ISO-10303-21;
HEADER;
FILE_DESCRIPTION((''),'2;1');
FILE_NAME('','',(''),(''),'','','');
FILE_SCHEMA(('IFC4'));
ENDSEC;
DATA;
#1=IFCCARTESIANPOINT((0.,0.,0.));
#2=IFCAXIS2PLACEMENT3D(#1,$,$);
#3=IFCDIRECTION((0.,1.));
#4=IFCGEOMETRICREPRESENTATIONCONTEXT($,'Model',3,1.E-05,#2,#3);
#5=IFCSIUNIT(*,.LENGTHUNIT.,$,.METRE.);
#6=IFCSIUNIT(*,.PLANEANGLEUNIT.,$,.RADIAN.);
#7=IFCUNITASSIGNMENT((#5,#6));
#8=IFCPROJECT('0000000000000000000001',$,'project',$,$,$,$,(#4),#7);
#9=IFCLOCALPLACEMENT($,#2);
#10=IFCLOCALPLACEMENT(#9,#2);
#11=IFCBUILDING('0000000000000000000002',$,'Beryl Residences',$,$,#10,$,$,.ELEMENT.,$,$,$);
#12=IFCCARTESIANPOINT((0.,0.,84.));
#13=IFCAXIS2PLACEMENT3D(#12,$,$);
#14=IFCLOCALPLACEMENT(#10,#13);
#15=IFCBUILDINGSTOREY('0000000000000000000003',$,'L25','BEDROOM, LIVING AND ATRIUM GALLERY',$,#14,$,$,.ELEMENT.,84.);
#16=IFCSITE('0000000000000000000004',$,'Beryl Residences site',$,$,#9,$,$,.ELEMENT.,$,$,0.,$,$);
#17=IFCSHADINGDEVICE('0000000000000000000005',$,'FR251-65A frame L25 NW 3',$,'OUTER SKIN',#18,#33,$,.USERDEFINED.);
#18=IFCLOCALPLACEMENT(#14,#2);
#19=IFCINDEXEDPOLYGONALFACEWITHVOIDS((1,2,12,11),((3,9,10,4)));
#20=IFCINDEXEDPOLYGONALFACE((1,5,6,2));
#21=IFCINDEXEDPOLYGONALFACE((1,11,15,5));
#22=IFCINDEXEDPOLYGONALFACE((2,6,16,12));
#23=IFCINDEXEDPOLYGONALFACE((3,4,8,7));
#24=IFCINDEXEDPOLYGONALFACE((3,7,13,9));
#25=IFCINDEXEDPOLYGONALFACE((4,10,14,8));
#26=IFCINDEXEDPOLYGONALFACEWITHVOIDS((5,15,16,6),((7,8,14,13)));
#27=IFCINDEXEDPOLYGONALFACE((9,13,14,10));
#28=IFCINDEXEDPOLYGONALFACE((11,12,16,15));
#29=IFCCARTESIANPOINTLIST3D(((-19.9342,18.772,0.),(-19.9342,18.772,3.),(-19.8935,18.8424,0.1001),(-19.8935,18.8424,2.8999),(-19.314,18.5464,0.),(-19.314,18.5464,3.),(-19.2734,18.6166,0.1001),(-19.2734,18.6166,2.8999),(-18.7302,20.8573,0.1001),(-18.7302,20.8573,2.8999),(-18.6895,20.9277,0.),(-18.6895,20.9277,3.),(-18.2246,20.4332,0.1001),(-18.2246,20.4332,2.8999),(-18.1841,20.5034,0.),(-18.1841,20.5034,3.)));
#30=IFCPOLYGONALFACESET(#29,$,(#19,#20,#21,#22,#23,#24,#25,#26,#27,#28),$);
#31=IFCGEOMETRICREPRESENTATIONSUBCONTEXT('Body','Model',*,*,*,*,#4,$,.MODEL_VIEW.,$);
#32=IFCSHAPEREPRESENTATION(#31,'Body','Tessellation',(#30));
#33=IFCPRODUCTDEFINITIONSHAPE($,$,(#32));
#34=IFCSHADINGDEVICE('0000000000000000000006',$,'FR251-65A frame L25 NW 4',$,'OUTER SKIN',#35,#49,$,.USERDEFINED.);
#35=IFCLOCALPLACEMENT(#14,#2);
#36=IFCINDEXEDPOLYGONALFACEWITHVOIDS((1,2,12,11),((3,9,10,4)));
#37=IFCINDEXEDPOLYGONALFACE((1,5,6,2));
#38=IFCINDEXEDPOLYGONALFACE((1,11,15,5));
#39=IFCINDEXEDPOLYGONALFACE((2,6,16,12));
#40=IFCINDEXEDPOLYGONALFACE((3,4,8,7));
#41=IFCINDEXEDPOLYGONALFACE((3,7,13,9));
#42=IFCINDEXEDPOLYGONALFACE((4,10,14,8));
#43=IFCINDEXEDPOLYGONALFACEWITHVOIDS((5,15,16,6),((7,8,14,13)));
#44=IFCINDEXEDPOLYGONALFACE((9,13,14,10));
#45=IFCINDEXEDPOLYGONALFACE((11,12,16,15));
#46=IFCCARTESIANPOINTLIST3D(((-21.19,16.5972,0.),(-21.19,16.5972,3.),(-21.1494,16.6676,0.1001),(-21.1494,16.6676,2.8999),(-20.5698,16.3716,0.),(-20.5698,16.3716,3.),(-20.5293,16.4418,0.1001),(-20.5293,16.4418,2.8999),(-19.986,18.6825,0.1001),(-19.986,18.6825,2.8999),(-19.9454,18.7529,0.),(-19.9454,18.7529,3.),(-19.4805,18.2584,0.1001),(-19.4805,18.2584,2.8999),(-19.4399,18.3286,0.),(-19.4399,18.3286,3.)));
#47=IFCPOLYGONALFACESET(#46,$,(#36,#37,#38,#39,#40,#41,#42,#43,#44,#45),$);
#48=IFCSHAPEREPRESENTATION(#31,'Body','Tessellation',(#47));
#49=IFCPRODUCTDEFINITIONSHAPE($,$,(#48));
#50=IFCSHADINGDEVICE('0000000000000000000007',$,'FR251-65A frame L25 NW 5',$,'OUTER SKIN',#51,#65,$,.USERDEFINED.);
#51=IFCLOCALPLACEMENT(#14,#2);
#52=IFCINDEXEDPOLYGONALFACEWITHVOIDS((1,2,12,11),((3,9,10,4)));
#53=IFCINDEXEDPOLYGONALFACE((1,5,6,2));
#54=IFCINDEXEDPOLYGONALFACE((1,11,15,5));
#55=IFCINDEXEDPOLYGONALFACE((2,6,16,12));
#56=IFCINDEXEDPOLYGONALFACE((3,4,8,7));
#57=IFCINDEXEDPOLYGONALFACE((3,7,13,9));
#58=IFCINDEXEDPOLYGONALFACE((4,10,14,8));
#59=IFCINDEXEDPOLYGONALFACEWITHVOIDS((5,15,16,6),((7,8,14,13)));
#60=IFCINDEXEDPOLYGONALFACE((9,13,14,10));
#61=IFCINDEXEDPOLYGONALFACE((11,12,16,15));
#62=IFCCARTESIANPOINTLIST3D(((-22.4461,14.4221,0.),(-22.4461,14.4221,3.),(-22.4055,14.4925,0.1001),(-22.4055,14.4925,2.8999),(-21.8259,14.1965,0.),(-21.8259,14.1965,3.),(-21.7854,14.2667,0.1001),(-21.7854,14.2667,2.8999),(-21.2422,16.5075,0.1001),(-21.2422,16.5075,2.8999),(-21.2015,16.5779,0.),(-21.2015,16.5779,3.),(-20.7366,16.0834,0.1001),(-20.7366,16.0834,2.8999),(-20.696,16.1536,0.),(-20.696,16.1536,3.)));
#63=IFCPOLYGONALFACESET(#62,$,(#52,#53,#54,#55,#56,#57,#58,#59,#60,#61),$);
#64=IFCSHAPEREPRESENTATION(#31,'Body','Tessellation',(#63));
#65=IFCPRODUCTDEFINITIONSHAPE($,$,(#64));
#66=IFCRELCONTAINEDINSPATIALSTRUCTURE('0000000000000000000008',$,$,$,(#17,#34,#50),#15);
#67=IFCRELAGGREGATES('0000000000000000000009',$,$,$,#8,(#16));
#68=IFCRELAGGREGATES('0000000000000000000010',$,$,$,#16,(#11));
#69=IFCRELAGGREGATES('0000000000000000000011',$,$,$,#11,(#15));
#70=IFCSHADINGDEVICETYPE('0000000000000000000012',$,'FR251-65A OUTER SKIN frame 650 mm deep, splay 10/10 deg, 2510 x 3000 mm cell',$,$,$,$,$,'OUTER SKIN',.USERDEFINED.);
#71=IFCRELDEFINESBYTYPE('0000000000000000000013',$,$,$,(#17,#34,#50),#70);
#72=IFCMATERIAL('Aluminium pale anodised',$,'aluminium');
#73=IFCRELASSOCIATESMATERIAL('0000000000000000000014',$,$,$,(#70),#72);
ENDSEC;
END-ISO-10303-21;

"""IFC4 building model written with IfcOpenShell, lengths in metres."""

from ifc_helpers import new_model, entity, si_unit, direction, frame, origin, place, context, subcontext, project, spatial, source, transform, mapped, material, type_object, type_shapes, element, save


model = new_model("IFC4")

# Units and contexts
model_context = context("Model", 3, precision=1e-05, world=origin(), true_north=direction((0.0, 1.0)))
body_context = subcontext(model_context, "Body", "Model", "MODEL_VIEW")
ifc_project = project(units=[si_unit("LENGTHUNIT", "METRE"), si_unit("PLANEANGLEUNIT", "RADIAN")], contexts=[model_context])

# Site, building, storey
site_placement = place(None, origin())
site = spatial("IfcSite", under=ifc_project, at=site_placement, Name="Beryl Residences site", CompositionType="ELEMENT", RefElevation=0.0)
building_placement = place(site_placement, origin())
building = spatial("IfcBuilding", under=site, at=building_placement, Name="Beryl Residences", CompositionType="ELEMENT")
storey_placement = place(building_placement, frame((0.0, 0.0, 84.0)))
storey = spatial("IfcBuildingStorey", under=building, at=storey_placement, Name="L25", Description="BEDROOM, LIVING AND ATRIUM GALLERY", CompositionType="ELEMENT", Elevation=84.0)

# Shading devices
ifc_material_1 = material(Name="Aluminium pale anodised", Category="aluminium")
shading_device_type = type_object("IfcShadingDeviceType", Name="FR251-65A OUTER SKIN frame 650 mm deep, splay 10/10 deg, 2510 x 3000 mm cell", ElementType="OUTER SKIN", PredefinedType="USERDEFINED", material=ifc_material_1)
cartesian_point_1 = entity("IfcCartesianPoint", [-1.1299, 0.0])
cartesian_point_2 = entity("IfcCartesianPoint", [-1.0488, 0.1001])
cartesian_point_3 = entity("IfcCartesianPoint", [-1.2446, 0.0])
cartesian_point_4 = entity("IfcCartesianPoint", [-1.1633, 0.1001])
shared_shape = source(origin(), body_context, "Body", "SweptSolid", [
    entity("IfcExtrudedAreaSolidTapered", entity("IfcArbitraryProfileDefWithVoids", "AREA", None, entity("IfcPolyline", [cartesian_point_1, entity("IfcCartesianPoint", [1.1299, 0.0]), entity("IfcCartesianPoint", [1.1299, 3.0]), entity("IfcCartesianPoint", [-1.1299, 3.0]), cartesian_point_1]), [entity("IfcPolyline", [cartesian_point_2, entity("IfcCartesianPoint", [1.0488, 0.1001]), entity("IfcCartesianPoint", [1.0488, 2.8999]), entity("IfcCartesianPoint", [-1.0488, 2.8999]), cartesian_point_2])]), entity("IfcAxis2Placement3D", entity("IfcCartesianPoint", [0.0, 0.0, 0.0]), entity("IfcDirection", [0.0, 1.0, 0.0]), entity("IfcDirection", [-1.0, 0.0, 0.0])), entity("IfcDirection", [0.0, 0.0, 1.0]), 0.6499, entity("IfcArbitraryProfileDefWithVoids", "AREA", None, entity("IfcPolyline", [cartesian_point_3, entity("IfcCartesianPoint", [1.2446, 0.0]), entity("IfcCartesianPoint", [1.2446, 3.0]), entity("IfcCartesianPoint", [-1.2446, 3.0]), cartesian_point_3]), [entity("IfcPolyline", [cartesian_point_4, entity("IfcCartesianPoint", [1.1633, 0.1001]), entity("IfcCartesianPoint", [1.1633, 2.8999]), entity("IfcCartesianPoint", [-1.1633, 2.8999]), cartesian_point_4])])),
])
type_shapes(shading_device_type, [shared_shape])
for number, where, z_axis, x_axis, name in (
    (1, (-18.749, 19.5249, 0.0), (0.0, 0.0, 1.0), (0.5, 0.866025, 0.0), "FR251-65A frame L25 NW 3"),
    (2, (-20.0049, 17.3501, 0.0), (0.0, 0.0, 1.0), (0.5, 0.866025, 0.0), "FR251-65A frame L25 NW 4"),
    (3, (-21.261, 15.175, 0.0), (0.0, 0.0, 1.0), (0.5, 0.866025, 0.0), "FR251-65A frame L25 NW 5"),
):
    element("IfcShadingDevice", number, at=place(storey_placement, frame(where, z_axis=z_axis, x_axis=x_axis)), inside=storey, type_object=shading_device_type, Name=name, ObjectType="OUTER SKIN", PredefinedType="USERDEFINED", context=body_context, shape_type="MappedRepresentation", body=[
        mapped(shared_shape, transform((0.0, 0.0, 0.0))),
    ])

save(model, "model.ifc")
